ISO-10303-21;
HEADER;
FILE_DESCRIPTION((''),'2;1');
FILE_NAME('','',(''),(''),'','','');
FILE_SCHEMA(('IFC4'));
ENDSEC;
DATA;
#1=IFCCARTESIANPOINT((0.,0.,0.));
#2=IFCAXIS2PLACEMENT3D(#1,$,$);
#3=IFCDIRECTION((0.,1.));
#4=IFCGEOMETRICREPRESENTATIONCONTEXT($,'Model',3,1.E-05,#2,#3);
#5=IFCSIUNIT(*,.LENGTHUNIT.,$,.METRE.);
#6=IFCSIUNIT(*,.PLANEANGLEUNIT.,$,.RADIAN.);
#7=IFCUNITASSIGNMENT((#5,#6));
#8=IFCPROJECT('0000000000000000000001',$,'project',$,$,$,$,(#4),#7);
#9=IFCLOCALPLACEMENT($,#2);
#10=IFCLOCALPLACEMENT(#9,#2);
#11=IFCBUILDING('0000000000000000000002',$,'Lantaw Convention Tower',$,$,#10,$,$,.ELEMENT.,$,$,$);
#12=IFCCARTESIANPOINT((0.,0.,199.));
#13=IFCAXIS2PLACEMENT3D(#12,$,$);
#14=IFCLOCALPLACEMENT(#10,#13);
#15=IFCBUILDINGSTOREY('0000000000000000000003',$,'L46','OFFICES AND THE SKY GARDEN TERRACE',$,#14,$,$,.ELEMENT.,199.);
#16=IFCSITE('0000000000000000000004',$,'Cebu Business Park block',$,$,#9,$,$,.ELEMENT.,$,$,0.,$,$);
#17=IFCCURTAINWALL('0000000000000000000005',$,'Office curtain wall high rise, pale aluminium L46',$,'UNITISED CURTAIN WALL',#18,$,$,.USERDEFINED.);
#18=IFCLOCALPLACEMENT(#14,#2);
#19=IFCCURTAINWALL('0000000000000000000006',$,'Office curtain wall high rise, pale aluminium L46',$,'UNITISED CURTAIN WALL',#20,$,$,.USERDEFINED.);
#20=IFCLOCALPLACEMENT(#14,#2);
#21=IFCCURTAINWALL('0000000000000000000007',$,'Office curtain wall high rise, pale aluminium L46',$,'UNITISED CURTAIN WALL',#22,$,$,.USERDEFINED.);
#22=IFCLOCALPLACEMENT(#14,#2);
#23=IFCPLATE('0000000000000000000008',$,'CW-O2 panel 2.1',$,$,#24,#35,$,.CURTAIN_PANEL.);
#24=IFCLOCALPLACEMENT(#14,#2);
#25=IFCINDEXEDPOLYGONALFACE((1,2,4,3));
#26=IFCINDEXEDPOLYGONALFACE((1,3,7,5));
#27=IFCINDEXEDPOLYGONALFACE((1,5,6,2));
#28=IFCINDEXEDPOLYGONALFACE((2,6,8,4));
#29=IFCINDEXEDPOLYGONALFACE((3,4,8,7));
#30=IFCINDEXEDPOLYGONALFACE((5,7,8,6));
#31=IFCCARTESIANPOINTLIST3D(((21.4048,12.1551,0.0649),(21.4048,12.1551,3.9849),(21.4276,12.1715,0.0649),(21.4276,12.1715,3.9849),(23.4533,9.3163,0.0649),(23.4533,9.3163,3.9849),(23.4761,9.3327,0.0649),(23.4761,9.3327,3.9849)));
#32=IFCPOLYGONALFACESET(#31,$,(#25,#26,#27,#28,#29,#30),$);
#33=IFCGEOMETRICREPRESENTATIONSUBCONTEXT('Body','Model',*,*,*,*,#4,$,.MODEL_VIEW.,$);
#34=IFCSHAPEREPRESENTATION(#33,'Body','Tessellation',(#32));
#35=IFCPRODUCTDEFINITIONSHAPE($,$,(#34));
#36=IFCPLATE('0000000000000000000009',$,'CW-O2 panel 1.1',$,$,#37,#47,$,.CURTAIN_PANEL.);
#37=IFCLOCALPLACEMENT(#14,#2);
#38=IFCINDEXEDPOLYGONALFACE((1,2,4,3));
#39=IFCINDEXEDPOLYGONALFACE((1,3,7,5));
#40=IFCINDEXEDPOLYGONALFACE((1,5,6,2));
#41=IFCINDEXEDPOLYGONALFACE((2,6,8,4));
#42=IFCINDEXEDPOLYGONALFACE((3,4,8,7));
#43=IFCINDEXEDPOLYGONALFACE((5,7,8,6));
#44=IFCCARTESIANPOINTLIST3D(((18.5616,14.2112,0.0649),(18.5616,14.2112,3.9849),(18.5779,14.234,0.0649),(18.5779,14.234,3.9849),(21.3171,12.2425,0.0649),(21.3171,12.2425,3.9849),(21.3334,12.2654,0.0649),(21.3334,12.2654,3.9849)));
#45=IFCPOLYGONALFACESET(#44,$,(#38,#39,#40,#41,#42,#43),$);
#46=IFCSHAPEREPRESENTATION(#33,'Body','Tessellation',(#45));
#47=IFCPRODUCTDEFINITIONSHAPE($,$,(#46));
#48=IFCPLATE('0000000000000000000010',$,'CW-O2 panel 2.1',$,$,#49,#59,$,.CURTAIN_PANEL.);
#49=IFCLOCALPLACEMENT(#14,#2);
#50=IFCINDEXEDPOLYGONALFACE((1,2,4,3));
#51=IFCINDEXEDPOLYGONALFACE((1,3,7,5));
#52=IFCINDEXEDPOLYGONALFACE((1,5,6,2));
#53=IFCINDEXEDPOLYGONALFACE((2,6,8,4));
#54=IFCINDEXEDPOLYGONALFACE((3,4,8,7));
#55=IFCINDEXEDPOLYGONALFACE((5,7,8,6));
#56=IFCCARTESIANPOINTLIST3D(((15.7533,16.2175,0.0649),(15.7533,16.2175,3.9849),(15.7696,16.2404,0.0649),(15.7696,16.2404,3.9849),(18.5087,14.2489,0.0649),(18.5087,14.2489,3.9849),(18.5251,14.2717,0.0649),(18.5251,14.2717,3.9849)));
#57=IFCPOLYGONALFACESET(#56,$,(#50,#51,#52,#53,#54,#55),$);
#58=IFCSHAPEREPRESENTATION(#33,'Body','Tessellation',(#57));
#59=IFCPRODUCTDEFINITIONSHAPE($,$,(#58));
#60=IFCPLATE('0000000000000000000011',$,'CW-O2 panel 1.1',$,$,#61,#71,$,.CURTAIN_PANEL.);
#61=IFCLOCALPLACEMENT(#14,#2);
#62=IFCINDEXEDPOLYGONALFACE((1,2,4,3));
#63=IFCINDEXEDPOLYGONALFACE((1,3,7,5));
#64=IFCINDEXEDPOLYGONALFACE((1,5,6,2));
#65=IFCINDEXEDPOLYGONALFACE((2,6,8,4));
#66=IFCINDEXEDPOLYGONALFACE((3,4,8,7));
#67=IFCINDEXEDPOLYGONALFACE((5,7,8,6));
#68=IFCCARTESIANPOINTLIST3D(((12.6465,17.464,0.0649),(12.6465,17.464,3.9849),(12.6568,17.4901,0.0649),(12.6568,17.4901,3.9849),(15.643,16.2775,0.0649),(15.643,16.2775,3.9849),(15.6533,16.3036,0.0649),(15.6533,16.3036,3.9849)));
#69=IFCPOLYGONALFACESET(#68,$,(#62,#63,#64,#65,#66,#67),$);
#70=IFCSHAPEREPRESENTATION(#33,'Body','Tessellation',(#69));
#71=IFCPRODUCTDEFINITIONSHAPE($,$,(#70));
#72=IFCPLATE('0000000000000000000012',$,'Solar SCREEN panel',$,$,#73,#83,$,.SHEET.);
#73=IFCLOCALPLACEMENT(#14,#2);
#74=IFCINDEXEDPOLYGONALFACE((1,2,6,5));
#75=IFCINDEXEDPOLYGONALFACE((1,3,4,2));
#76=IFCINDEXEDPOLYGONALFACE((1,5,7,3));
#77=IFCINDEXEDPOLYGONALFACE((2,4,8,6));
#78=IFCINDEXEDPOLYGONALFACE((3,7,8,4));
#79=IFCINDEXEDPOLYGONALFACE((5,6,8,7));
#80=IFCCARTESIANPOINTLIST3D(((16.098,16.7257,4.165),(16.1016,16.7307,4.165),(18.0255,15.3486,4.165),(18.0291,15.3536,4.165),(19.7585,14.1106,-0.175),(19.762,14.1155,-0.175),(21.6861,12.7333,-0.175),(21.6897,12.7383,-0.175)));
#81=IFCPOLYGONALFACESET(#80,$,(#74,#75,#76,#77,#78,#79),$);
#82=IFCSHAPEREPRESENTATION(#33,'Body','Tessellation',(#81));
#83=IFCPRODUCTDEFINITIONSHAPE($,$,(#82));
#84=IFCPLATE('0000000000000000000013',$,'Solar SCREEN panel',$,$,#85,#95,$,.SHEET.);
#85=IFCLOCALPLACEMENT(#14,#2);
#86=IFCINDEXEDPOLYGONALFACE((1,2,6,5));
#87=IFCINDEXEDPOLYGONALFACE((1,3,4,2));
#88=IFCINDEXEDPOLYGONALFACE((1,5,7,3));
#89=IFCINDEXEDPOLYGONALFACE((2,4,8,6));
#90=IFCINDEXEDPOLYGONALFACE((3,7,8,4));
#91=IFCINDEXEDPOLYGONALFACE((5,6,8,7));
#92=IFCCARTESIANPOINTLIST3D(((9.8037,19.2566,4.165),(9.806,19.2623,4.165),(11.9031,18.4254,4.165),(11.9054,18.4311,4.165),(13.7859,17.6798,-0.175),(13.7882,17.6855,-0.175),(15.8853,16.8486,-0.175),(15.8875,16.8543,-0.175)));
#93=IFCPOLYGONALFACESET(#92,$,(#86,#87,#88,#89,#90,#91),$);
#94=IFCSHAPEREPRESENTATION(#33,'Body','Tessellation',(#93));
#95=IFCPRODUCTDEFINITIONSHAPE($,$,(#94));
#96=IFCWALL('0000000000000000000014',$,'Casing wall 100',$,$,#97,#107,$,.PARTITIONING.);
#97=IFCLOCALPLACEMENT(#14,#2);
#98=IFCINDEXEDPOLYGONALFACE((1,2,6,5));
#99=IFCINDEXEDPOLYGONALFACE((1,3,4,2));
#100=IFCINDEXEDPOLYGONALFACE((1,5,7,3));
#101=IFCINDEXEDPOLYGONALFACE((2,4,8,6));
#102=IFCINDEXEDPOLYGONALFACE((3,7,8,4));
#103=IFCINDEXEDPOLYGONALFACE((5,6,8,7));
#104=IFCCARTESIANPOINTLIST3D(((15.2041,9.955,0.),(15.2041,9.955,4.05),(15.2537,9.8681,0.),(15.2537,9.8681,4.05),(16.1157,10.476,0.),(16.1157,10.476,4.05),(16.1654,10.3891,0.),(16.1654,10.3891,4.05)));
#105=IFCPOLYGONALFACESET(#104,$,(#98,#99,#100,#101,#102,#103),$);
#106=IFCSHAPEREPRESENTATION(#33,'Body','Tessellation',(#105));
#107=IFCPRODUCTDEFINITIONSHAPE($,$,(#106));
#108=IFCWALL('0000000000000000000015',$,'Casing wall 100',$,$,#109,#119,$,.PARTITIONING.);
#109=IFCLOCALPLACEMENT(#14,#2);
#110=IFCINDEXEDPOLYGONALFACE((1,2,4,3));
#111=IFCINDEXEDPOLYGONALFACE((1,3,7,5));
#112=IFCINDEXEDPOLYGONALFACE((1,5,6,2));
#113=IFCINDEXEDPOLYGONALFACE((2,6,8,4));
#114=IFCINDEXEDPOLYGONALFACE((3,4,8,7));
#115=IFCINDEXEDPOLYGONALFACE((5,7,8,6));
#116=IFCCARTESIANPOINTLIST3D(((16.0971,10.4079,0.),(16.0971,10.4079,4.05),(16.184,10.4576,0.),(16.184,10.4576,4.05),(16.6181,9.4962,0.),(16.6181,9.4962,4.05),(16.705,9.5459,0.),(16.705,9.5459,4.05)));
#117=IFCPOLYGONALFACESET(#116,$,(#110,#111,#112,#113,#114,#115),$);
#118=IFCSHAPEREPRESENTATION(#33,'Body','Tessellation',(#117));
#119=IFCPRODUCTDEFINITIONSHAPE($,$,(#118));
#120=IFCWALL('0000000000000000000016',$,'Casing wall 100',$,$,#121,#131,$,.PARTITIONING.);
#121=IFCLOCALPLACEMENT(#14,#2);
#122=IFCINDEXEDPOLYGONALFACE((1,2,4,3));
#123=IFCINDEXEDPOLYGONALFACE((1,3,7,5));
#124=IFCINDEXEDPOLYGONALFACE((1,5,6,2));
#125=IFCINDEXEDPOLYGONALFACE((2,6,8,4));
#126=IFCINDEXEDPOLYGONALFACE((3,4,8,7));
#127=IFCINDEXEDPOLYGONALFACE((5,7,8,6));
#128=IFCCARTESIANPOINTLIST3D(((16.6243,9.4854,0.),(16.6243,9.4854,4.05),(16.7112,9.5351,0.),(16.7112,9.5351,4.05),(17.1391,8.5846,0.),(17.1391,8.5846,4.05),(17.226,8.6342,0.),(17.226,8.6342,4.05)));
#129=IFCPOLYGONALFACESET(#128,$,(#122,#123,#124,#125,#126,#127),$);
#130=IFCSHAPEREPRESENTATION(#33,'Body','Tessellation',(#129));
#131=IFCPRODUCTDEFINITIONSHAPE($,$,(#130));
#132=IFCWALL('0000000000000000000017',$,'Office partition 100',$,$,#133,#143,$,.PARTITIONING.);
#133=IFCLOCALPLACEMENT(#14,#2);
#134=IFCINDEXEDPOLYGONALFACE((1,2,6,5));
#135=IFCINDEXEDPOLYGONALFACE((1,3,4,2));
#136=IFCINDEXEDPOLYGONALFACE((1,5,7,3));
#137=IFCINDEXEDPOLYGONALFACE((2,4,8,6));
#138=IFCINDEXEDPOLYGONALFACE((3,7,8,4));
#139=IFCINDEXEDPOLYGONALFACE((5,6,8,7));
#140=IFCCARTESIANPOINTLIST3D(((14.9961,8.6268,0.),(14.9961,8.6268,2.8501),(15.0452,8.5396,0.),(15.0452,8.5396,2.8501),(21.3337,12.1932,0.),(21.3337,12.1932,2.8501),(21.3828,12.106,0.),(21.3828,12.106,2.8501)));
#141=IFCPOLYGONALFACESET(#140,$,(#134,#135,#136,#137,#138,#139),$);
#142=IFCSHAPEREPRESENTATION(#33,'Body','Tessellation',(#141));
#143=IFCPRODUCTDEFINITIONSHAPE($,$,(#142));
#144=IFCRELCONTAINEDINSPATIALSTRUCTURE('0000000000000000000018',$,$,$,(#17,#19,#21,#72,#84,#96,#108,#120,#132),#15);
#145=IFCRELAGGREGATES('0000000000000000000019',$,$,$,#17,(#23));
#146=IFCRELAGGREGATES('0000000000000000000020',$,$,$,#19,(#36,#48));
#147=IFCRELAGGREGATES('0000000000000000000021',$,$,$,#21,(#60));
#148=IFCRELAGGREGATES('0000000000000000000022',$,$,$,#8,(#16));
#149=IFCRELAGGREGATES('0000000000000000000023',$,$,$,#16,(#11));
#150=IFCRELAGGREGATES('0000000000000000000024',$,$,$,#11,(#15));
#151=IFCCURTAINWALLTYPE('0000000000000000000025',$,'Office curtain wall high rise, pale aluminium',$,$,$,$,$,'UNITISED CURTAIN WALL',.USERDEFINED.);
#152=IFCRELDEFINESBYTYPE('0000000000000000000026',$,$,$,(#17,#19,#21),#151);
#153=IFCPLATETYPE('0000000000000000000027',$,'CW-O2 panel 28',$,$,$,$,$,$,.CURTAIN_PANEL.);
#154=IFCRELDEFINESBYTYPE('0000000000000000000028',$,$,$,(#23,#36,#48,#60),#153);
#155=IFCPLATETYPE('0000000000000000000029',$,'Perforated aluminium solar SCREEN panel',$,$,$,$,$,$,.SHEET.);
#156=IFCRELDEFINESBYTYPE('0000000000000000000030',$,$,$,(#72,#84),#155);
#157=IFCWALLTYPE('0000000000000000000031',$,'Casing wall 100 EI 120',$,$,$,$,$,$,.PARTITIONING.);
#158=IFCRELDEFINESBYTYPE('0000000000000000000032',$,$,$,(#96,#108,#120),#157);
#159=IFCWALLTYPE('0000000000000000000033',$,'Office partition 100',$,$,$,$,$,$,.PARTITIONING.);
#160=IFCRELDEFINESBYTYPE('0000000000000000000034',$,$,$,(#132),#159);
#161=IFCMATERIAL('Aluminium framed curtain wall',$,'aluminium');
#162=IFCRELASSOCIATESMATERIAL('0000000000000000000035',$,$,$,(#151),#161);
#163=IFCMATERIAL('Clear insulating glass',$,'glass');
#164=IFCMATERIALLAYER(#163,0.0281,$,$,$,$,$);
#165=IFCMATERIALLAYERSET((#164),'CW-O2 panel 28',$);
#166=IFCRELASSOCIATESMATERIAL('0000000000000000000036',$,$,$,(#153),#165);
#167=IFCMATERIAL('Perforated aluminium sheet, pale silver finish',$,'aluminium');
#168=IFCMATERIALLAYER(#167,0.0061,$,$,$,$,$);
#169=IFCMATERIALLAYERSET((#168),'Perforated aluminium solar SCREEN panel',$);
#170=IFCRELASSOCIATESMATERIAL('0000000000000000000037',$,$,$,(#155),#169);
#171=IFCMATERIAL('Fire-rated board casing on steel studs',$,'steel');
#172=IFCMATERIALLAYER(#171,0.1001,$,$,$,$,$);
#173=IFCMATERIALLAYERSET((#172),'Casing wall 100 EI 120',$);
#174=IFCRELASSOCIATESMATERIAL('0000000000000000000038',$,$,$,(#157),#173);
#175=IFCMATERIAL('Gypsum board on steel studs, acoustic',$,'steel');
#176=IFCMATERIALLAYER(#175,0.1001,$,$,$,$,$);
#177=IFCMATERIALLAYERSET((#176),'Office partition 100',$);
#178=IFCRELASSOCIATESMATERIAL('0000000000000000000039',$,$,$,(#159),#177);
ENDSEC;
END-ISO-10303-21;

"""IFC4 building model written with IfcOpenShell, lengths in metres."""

from ifc_helpers import new_model, si_unit, direction, frame, frame_2d, origin, origin_2d, place, context, subcontext, project, spatial, polyline, rectangle, outline, extrude, material, layer, layer_set, type_object, element, aggregate, save


model = new_model("IFC4")

# Units and contexts
model_context = context("Model", 3, precision=1e-05, world=origin(), true_north=direction((0.0, 1.0)))
body_context = subcontext(model_context, "Body", "Model", "MODEL_VIEW")
ifc_project = project(units=[si_unit("LENGTHUNIT", "METRE"), si_unit("PLANEANGLEUNIT", "RADIAN")], contexts=[model_context])

# Site, building, storey
site_placement = place(None, origin())
site = spatial("IfcSite", under=ifc_project, at=site_placement, Name="Cebu Business Park block", CompositionType="ELEMENT", RefElevation=0.0)
building_placement = place(site_placement, origin())
building = spatial("IfcBuilding", under=site, at=building_placement, Name="Lantaw Convention Tower", CompositionType="ELEMENT")
storey_placement = place(building_placement, frame((0.0, 0.0, 199.0)))
storey = spatial("IfcBuildingStorey", under=building, at=storey_placement, Name="L46", Description="OFFICES AND THE SKY GARDEN TERRACE", CompositionType="ELEMENT", Elevation=199.0)

# Curtain walls
ifc_material_1 = material(Name="Aluminium framed curtain wall", Category="aluminium")
curtain_wall_type = type_object("IfcCurtainWallType", Name="Office curtain wall high rise, pale aluminium", ElementType="UNITISED CURTAIN WALL", PredefinedType="USERDEFINED", material=ifc_material_1)
curtain_wall_1_placement = place(storey_placement, origin())
curtain_wall_1 = element("IfcCurtainWall", 1, at=curtain_wall_1_placement, inside=storey, type_object=curtain_wall_type, Name="Office curtain wall high rise, pale aluminium L46", ObjectType="UNITISED CURTAIN WALL", PredefinedType="USERDEFINED")
curtain_wall_2_placement = place(storey_placement, origin())
curtain_wall_2 = element("IfcCurtainWall", 2, at=curtain_wall_2_placement, inside=storey, type_object=curtain_wall_type, Name="Office curtain wall high rise, pale aluminium L46", ObjectType="UNITISED CURTAIN WALL", PredefinedType="USERDEFINED")

# Curtain wall
curtain_wall_3_placement = place(storey_placement, origin())
curtain_wall_3 = element("IfcCurtainWall", 3, at=curtain_wall_3_placement, inside=storey, type_object=curtain_wall_type, Name="Office curtain wall high rise, pale aluminium L46", ObjectType="UNITISED CURTAIN WALL", PredefinedType="USERDEFINED")

# Plates
ifc_material_2 = material(Name="Clear insulating glass", Category="glass")
ifc_layer_1 = layer(ifc_material_2, 0.0281)
ifc_layer_set_1 = layer_set([ifc_layer_1], Name="CW-O2 panel 28")
plate_type_1 = type_object("IfcPlateType", Name="CW-O2 panel 28", PredefinedType="CURTAIN_PANEL", material=ifc_layer_set_1)
plate_1_placement = place(storey_placement, frame((22.4404, 10.7439, 0.0649), z_axis=(0.0, 0.0, 1.0), x_axis=(-0.585158, 0.81092, 0.0)))
plate_1 = element("IfcPlate", 4, at=plate_1_placement, type_object=plate_type_1, Name="CW-O2 panel 2.1", PredefinedType="CURTAIN_PANEL", context=body_context, shape_type="SweptSolid", body=[
    extrude(rectangle(XDim=3.5007, YDim=0.0281, at=origin_2d()), origin(), (0.0, 0.0, 1.0), 3.9199),
])
aggregate(curtain_wall_1, [plate_1])
plate_2_placement = place(storey_placement, frame((19.9475, 13.2383, 0.0649), z_axis=(0.0, 0.0, 1.0), x_axis=(-0.813673, 0.581323, 0.0)))
plate_2 = element("IfcPlate", 5, at=plate_2_placement, type_object=plate_type_1, Name="CW-O2 panel 1.1", PredefinedType="CURTAIN_PANEL", context=body_context, shape_type="SweptSolid", body=[
    extrude(rectangle(XDim=3.3865, YDim=0.0281, at=origin_2d()), origin(), (0.0, 0.0, 1.0), 3.9199),
])
plate_3_placement = place(storey_placement, frame((17.1392, 15.2446, 0.0649), z_axis=(0.0, 0.0, 1.0), x_axis=(-0.813673, 0.581323, 0.0)))
plate_3 = element("IfcPlate", 6, at=plate_3_placement, type_object=plate_type_1, Name="CW-O2 panel 2.1", PredefinedType="CURTAIN_PANEL", context=body_context, shape_type="SweptSolid", body=[
    extrude(rectangle(XDim=3.3865, YDim=0.0281, at=origin_2d()), origin(), (0.0, 0.0, 1.0), 3.9199),
])
aggregate(curtain_wall_2, [plate_2, plate_3])
plate_4_placement = place(storey_placement, frame((14.1499, 16.8838, 0.0649), z_axis=(0.0, 0.0, 1.0), x_axis=(-0.929762, 0.368162, 0.0)))
plate_4 = element("IfcPlate", 7, at=plate_4_placement, type_object=plate_type_1, Name="CW-O2 panel 1.1", PredefinedType="CURTAIN_PANEL", context=body_context, shape_type="SweptSolid", body=[
    extrude(rectangle(XDim=3.2229, YDim=0.0281, at=origin_2d()), origin(), (0.0, 0.0, 1.0), 3.9199),
])
aggregate(curtain_wall_3, [plate_4])

# Plates
ifc_material_3 = material(Name="Perforated aluminium sheet, pale silver finish", Category="aluminium")
ifc_layer_2 = layer(ifc_material_3, 0.0061)
ifc_layer_set_2 = layer_set([ifc_layer_2], Name="Perforated aluminium solar SCREEN panel")
plate_type_2 = type_object("IfcPlateType", Name="Perforated aluminium solar SCREEN panel", PredefinedType="SHEET", material=ifc_layer_set_2)
plate_5_placement = place(storey_placement, frame((21.6897, 12.7383, -0.175), z_axis=(0.581331, 0.813667, 0.00001), x_axis=(-0.813667, 0.581331, 0.0)))
element("IfcPlate", 8, at=plate_5_placement, inside=storey, type_object=plate_type_2, Name="Solar SCREEN panel", PredefinedType="SHEET", context=body_context, shape_type="SweptSolid", body=[
    extrude(outline(polyline([(0.0, 0.0), (2.3691, 0.0), (6.8678, 4.3401), (4.4989, 4.3401), (0.0, 0.0)])), origin(), (0.0, 0.0, -1.0), 0.0061),
])
plate_6_placement = place(storey_placement, frame((15.8853, 16.8486, -0.175), z_axis=(-0.368117, -0.92978, 0.000036), x_axis=(-0.92978, 0.368117, 0.0)))
element("IfcPlate", 9, at=plate_6_placement, inside=storey, type_object=plate_type_2, Name="Solar SCREEN panel", PredefinedType="SHEET", context=body_context, shape_type="SweptSolid", body=[
    extrude(outline(polyline([(0.0, 0.0), (2.2579, 0.0), (6.5409, -4.3401), (4.2829, -4.3401), (0.0, 0.0)])), origin(), (0.0, 0.0, -1.0), 0.0061),
])

# Walls
ifc_material_4 = material(Name="Fire-rated board casing on steel studs", Category="steel")
ifc_layer_3 = layer(ifc_material_4, 0.1001)
ifc_layer_set_3 = layer_set([ifc_layer_3], Name="Casing wall 100 EI 120")
wall_type_1 = type_object("IfcWallType", Name="Casing wall 100 EI 120", PredefinedType="PARTITIONING", material=ifc_layer_set_3)
for number, where, z_axis, x_axis, name in (
    (10, (15.229, 9.9116, 0.0), (0.0, 0.0, 1.0), (0.868215, 0.496189, 0.0), "Casing wall 100"),
    (11, (16.1406, 10.4326, 0.0), (0.0, 0.0, 1.0), (0.496189, -0.868215, 0.0), "Casing wall 100"),
):
    element("IfcWall", number, at=place(storey_placement, frame(where, z_axis=z_axis, x_axis=x_axis)), inside=storey, type_object=wall_type_1, Name=name, PredefinedType="PARTITIONING", context=body_context, shape_type="SweptSolid", body=[
        extrude(rectangle(XDim=1.05, YDim=0.1001, at=frame_2d((0.5249, 0.0))), origin(), (0.0, 0.0, 1.0), 4.05),
    ])
wall_1_placement = place(storey_placement, frame((16.6677, 9.5103, 0.0), z_axis=(0.0, 0.0, 1.0), x_axis=(0.496215, -0.8682, 0.0)))
element("IfcWall", 12, at=wall_1_placement, inside=storey, type_object=wall_type_1, Name="Casing wall 100", PredefinedType="PARTITIONING", context=body_context, shape_type="SweptSolid", body=[
    extrude(rectangle(XDim=1.0376, YDim=0.1001, at=frame_2d((0.5188, 0.0))), origin(), (0.0, 0.0, 1.0), 4.05),
])
ifc_material_5 = material(Name="Gypsum board on steel studs, acoustic", Category="steel")
ifc_layer_4 = layer(ifc_material_5, 0.1001)
ifc_layer_set_4 = layer_set([ifc_layer_4], Name="Office partition 100")
wall_type_2 = type_object("IfcWallType", Name="Office partition 100", PredefinedType="PARTITIONING", material=ifc_layer_set_4)
wall_2_placement = place(storey_placement, frame((21.3584, 12.1497, 0.0), z_axis=(0.0, 0.0, 1.0), x_axis=(-0.871489, -0.490416, 0.0)))
element("IfcWall", 13, at=wall_2_placement, inside=storey, type_object=wall_type_2, Name="Office partition 100", PredefinedType="PARTITIONING", context=body_context, shape_type="SweptSolid", body=[
    extrude(rectangle(XDim=7.2722, YDim=0.1001, at=frame_2d((3.6362, 0.0))), origin(), (0.0, 0.0, 1.0), 2.8501),
])

save(model, "model.ifc")
